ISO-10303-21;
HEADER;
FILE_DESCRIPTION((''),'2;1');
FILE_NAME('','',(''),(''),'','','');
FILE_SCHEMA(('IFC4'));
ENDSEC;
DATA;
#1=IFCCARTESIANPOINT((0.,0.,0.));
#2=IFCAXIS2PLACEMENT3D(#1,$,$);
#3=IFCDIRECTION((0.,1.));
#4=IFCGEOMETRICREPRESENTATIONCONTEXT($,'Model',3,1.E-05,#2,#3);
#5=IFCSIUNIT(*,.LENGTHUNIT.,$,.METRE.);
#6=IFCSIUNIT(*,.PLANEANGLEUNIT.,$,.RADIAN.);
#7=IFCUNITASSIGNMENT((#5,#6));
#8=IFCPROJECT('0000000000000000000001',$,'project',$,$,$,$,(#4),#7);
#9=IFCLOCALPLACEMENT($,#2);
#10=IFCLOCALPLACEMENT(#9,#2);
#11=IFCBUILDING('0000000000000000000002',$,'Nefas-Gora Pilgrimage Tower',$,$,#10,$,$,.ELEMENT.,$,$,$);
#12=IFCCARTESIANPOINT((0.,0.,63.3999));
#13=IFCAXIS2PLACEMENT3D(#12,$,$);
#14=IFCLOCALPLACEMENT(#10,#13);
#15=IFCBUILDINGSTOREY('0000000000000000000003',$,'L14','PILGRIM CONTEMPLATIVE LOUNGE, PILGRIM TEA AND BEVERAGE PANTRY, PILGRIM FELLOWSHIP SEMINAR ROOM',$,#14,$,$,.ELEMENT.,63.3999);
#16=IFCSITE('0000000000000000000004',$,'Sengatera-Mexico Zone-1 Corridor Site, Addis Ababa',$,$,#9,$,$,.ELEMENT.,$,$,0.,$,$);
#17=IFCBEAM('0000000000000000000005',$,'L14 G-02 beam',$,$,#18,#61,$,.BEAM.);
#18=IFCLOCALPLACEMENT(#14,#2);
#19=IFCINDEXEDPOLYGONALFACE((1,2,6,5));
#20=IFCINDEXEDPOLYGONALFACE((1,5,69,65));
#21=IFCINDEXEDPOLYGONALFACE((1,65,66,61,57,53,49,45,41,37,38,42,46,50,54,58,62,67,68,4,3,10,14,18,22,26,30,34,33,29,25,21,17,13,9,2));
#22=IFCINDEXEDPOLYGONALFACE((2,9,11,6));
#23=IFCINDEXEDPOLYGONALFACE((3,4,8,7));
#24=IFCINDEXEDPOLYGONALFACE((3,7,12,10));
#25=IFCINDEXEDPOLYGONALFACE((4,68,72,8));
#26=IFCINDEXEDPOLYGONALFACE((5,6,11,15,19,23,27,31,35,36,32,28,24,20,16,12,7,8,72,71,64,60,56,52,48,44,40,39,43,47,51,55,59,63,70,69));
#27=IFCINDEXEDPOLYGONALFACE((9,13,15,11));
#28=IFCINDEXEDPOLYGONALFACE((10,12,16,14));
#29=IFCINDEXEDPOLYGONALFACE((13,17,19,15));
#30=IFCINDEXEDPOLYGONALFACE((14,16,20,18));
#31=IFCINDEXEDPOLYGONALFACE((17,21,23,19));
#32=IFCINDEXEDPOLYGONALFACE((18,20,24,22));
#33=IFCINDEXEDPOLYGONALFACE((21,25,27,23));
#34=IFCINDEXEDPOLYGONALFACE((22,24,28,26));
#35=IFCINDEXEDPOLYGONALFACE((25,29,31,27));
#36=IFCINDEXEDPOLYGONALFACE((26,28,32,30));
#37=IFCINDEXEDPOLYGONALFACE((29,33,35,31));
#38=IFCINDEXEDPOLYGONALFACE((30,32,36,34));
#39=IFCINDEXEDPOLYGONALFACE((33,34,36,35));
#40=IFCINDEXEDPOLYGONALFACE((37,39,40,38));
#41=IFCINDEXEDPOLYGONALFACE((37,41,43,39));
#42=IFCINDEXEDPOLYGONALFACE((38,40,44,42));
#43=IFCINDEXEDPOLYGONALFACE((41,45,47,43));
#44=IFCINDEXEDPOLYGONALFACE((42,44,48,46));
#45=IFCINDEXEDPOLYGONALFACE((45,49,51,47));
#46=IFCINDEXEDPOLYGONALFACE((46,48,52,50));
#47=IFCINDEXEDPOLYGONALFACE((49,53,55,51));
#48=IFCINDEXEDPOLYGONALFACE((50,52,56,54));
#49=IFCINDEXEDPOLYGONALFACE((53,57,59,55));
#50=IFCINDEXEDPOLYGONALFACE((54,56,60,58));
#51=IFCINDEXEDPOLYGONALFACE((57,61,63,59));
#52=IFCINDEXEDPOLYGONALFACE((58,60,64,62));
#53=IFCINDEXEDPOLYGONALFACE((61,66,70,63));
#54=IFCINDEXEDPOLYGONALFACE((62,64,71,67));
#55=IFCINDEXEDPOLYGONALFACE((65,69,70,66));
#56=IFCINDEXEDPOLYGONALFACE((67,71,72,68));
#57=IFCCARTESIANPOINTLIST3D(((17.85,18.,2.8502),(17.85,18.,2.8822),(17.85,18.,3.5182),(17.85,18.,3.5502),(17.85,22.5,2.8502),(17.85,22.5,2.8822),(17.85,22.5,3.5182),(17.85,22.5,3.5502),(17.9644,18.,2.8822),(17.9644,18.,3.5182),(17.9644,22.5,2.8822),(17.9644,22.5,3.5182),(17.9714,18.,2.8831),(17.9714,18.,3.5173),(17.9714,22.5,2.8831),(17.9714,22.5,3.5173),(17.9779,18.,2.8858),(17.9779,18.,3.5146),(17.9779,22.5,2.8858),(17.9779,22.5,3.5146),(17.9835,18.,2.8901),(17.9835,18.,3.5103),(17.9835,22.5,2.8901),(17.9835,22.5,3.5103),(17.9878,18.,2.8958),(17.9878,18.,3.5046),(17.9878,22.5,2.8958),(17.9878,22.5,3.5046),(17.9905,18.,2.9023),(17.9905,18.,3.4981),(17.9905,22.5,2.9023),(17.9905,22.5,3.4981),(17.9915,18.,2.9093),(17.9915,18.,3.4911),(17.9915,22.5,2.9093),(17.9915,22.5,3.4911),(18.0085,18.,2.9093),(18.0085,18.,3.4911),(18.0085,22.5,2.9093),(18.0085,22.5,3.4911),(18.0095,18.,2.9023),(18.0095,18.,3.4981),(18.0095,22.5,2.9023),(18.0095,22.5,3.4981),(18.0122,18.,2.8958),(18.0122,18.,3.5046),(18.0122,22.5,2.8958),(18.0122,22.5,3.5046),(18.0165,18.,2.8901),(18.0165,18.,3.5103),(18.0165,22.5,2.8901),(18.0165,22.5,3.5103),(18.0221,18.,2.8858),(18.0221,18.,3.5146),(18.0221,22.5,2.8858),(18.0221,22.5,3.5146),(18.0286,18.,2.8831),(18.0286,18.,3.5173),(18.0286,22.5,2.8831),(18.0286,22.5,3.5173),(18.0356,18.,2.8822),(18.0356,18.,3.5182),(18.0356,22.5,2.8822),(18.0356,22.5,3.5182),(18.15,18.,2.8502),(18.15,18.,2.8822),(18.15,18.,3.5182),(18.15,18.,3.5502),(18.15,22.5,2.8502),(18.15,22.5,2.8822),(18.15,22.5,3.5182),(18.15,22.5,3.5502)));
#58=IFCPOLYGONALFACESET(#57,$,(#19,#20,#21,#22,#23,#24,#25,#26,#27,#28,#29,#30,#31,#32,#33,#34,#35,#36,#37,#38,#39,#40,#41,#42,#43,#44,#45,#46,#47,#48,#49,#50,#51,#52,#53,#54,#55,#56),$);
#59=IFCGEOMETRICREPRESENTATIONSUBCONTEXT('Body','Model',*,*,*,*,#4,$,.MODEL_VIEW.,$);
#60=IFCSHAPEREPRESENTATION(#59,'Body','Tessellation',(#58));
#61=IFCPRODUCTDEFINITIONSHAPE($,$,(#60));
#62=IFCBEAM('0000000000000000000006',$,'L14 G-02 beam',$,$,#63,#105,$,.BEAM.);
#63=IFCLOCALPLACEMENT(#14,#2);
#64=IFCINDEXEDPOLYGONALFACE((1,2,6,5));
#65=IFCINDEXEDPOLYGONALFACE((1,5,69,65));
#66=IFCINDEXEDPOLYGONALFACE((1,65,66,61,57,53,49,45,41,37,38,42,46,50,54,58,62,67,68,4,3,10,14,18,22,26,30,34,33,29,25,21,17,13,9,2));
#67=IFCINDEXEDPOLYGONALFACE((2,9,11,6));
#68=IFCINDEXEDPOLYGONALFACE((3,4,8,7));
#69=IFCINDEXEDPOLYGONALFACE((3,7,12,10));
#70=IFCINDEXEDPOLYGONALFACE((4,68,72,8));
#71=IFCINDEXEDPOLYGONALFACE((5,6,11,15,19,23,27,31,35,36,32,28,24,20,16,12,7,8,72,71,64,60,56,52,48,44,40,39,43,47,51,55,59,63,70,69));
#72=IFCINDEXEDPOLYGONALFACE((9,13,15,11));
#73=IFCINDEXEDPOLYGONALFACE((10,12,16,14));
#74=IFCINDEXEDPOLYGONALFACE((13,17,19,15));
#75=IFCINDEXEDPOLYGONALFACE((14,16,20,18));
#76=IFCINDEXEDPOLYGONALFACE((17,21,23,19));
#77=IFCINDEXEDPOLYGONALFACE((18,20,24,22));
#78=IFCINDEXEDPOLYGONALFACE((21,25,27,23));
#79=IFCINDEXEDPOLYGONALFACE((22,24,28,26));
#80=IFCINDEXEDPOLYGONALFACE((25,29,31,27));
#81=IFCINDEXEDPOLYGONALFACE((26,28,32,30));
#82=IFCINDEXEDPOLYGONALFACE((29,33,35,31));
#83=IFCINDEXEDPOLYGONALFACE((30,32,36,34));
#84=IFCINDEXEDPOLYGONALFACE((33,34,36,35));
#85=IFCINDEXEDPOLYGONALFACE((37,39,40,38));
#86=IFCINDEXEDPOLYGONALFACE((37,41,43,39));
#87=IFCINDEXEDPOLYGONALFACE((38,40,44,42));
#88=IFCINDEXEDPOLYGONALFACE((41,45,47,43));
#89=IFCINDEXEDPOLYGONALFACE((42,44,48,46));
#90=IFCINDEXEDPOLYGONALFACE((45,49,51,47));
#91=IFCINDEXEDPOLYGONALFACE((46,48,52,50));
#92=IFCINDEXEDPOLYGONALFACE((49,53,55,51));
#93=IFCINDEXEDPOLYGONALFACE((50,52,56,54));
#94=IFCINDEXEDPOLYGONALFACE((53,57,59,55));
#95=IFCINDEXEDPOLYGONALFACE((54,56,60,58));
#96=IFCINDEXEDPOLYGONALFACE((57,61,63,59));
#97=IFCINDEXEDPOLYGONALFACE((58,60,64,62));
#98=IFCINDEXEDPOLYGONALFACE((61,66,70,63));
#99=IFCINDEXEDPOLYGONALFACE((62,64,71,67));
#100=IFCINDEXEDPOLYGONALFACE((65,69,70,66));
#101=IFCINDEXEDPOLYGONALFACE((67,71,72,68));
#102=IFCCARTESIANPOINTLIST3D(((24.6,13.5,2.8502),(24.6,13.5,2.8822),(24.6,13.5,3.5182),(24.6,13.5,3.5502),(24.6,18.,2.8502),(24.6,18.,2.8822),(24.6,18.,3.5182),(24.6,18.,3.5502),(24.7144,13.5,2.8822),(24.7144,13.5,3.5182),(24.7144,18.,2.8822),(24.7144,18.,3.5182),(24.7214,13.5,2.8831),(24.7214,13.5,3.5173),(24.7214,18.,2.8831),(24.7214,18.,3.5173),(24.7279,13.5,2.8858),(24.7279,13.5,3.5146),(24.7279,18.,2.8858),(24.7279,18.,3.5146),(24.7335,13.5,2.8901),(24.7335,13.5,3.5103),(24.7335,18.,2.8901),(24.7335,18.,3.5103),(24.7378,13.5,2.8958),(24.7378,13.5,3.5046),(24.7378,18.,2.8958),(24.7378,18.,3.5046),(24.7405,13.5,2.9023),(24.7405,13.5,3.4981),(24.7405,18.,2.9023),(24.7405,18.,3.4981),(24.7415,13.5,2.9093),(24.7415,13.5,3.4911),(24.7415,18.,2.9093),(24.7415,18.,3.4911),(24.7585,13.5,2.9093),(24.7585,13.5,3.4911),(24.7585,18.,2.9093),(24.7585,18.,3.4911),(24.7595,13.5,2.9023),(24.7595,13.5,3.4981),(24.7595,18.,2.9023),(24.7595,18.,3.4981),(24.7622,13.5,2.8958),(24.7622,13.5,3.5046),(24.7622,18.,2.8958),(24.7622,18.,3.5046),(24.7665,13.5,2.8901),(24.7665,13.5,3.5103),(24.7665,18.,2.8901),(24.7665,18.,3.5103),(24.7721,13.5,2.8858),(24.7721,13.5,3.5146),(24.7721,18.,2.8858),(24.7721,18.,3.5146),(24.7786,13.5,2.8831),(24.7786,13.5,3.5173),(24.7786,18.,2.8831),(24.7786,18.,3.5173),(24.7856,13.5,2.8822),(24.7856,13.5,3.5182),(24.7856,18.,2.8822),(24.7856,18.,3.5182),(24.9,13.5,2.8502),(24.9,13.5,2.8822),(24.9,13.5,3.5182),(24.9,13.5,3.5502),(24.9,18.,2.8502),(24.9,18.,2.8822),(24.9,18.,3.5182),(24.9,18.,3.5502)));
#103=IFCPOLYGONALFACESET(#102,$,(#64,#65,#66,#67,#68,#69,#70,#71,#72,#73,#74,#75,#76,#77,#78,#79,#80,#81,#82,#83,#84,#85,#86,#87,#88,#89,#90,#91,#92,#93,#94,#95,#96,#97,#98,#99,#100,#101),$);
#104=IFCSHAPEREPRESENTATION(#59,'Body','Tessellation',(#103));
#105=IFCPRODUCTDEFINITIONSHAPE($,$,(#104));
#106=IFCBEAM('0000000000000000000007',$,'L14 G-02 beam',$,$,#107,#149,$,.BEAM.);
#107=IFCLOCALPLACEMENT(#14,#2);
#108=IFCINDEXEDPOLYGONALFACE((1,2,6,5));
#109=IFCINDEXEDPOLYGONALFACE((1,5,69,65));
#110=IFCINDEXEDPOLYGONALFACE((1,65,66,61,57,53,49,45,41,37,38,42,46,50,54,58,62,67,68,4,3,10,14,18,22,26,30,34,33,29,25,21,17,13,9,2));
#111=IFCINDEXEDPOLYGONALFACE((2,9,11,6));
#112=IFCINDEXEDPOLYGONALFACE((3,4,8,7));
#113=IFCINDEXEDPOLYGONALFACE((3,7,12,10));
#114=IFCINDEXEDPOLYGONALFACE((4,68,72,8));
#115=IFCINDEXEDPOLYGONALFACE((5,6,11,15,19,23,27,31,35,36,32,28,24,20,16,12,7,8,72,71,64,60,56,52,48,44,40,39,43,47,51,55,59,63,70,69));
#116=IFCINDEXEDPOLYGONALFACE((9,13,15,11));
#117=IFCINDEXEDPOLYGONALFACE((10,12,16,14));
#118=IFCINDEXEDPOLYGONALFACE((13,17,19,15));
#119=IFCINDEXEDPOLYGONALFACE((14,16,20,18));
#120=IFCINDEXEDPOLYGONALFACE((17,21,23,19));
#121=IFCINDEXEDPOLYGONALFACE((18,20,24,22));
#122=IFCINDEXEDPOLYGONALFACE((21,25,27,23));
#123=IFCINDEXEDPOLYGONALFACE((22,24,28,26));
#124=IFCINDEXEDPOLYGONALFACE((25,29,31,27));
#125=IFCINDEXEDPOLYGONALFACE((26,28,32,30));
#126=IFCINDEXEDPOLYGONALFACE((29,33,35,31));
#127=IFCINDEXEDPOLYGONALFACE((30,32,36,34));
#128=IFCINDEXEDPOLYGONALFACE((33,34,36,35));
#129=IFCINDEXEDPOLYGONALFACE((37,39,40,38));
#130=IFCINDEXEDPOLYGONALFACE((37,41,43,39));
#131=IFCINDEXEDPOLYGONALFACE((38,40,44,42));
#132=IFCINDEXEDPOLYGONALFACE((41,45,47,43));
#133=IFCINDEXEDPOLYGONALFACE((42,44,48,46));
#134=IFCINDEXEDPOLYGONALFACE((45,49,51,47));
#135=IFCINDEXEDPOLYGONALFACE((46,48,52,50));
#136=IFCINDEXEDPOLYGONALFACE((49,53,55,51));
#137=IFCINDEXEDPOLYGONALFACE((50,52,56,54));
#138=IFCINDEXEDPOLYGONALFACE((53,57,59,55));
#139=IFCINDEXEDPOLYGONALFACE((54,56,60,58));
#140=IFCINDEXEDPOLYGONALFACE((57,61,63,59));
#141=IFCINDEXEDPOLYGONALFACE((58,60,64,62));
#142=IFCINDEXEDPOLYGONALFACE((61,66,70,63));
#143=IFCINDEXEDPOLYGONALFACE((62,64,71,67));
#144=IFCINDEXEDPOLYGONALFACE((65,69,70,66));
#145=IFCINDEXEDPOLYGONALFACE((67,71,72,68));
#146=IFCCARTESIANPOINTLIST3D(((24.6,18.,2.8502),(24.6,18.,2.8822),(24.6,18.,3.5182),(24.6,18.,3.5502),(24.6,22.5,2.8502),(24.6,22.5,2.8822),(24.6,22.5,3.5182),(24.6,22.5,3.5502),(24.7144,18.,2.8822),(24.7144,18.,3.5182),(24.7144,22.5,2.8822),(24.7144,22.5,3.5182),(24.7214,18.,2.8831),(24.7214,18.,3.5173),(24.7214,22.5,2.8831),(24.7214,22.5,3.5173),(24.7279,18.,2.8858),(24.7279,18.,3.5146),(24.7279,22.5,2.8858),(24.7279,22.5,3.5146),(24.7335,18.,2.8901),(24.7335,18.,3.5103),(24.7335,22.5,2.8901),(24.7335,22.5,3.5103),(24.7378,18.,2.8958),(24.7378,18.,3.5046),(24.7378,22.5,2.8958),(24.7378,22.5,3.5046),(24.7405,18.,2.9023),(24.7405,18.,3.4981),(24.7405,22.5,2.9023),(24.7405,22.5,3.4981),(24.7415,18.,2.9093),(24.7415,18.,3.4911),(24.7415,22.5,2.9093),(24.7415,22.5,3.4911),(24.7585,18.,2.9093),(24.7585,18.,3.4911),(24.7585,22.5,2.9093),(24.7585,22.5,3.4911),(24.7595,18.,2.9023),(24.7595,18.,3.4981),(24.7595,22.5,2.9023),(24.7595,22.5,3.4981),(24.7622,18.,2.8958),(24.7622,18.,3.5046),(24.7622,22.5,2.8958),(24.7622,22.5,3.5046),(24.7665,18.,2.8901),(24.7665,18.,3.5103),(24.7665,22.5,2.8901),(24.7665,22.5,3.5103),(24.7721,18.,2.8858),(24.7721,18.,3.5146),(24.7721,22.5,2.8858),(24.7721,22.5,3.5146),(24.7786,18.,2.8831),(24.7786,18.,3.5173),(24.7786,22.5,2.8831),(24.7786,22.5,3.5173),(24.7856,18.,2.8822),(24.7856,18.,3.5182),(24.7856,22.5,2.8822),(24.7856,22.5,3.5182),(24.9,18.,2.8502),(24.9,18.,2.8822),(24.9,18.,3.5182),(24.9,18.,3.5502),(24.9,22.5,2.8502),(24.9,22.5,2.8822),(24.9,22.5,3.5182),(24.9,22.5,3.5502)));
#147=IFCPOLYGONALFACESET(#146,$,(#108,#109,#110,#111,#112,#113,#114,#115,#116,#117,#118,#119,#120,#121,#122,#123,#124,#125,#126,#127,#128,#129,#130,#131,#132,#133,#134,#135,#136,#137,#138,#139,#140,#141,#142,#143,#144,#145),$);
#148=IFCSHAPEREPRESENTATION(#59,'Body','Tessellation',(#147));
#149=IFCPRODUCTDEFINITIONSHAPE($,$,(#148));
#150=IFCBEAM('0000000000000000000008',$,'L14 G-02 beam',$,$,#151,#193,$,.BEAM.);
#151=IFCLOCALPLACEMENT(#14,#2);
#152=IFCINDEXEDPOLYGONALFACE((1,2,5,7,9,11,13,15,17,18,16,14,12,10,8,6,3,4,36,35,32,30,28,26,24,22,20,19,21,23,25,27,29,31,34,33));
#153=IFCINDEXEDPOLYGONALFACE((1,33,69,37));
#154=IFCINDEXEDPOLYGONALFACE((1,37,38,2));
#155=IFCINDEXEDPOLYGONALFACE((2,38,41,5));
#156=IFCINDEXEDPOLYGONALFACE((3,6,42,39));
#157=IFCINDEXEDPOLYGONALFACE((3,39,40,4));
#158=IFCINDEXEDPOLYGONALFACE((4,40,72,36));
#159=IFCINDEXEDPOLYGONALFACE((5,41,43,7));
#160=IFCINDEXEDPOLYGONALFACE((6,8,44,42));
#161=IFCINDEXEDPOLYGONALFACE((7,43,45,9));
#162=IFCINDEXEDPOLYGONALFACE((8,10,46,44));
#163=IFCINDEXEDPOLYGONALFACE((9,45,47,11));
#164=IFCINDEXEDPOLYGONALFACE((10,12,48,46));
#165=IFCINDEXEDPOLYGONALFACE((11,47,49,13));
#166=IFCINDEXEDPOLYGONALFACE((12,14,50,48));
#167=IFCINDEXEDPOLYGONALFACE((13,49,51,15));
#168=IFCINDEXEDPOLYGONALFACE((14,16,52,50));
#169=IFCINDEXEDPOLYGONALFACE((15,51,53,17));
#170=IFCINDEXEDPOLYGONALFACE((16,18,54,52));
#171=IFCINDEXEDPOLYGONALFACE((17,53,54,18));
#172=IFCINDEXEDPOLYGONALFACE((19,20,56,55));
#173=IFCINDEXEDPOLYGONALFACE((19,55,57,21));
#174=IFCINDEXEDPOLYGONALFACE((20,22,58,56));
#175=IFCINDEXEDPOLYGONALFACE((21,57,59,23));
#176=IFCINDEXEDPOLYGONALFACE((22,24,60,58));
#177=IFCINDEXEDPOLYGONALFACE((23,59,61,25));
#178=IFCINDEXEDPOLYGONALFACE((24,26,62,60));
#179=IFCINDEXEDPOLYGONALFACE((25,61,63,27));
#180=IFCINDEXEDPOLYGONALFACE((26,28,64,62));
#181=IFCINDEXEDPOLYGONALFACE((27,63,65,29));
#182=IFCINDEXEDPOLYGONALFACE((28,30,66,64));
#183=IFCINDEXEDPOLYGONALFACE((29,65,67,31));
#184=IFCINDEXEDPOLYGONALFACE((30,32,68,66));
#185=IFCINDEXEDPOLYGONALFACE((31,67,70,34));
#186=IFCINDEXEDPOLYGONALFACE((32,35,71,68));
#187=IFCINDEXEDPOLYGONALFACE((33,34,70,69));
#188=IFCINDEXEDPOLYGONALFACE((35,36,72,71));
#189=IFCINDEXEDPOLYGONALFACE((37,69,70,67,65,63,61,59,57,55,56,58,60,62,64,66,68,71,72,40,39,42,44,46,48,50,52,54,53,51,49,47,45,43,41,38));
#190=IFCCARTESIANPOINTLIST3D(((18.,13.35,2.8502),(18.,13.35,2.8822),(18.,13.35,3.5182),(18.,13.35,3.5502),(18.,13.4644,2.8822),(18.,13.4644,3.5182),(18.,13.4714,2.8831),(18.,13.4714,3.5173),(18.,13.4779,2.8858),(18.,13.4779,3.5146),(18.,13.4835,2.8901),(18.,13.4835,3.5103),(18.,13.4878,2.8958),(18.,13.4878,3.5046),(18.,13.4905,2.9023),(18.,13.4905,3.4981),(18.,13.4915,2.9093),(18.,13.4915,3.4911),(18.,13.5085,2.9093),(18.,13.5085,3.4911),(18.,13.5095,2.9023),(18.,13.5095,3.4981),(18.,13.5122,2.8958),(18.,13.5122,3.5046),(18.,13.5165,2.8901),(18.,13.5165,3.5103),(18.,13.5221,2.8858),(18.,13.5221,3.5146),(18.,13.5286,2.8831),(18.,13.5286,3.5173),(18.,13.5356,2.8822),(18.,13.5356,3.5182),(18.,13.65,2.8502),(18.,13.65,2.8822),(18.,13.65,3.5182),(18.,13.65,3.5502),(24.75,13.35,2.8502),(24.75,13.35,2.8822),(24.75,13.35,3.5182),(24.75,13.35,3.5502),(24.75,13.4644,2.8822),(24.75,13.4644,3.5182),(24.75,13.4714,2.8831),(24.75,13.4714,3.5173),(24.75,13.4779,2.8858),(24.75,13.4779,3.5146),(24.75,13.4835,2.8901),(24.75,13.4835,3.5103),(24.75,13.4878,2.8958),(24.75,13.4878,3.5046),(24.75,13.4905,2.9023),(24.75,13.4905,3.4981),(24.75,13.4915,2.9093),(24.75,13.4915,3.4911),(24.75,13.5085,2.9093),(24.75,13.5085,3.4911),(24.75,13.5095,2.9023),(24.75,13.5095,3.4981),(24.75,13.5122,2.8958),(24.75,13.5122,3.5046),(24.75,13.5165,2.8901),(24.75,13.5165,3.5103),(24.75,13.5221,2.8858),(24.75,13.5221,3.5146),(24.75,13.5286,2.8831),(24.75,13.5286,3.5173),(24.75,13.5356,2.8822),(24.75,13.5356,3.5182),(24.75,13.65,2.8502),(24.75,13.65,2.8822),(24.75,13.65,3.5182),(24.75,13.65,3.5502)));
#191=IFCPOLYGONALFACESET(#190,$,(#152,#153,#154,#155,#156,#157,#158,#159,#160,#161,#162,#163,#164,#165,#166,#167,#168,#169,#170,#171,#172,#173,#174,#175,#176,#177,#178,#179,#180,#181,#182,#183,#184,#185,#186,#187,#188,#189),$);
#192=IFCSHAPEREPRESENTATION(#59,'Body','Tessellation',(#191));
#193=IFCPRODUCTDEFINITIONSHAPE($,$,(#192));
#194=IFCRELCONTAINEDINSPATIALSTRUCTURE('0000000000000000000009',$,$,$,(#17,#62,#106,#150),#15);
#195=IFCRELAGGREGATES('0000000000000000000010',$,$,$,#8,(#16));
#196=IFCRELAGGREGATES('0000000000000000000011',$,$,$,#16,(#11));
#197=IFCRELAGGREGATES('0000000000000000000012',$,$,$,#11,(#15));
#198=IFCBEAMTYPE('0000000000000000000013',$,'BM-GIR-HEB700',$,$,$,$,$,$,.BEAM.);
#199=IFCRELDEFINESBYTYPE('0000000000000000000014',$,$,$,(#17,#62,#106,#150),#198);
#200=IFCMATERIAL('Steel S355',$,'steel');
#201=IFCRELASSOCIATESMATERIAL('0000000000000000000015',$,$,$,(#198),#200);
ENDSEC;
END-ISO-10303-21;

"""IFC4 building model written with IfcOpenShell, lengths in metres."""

from ifc_helpers import new_model, si_unit, direction, frame, origin, origin_2d, place, context, subcontext, project, spatial, i_section, extrude, source, transform, mapped, material, material_profile, profile_set, type_object, element, save


model = new_model("IFC4")

# Units and contexts
model_context = context("Model", 3, precision=1e-05, world=origin(), true_north=direction((0.0, 1.0)))
body_context = subcontext(model_context, "Body", "Model", "MODEL_VIEW")
ifc_project = project(units=[si_unit("LENGTHUNIT", "METRE"), si_unit("PLANEANGLEUNIT", "RADIAN")], contexts=[model_context])

# Site, building, storey
site_placement = place(None, origin())
site = spatial("IfcSite", under=ifc_project, at=site_placement, Name="Sengatera-Mexico Zone-1 Corridor Site, Addis Ababa", CompositionType="ELEMENT", RefElevation=0.0)
building_placement = place(site_placement, origin())
building = spatial("IfcBuilding", under=site, at=building_placement, Name="Nefas-Gora Pilgrimage Tower", CompositionType="ELEMENT")
storey_placement = place(building_placement, frame((0.0, 0.0, 63.3999)))
storey = spatial("IfcBuildingStorey", under=building, at=storey_placement, Name="L14", Description="PILGRIM CONTEMPLATIVE LOUNGE, PILGRIM TEA AND BEVERAGE PANTRY, PILGRIM FELLOWSHIP SEMINAR ROOM", CompositionType="ELEMENT", Elevation=63.3999)

# Beams
ifc_material_1 = material(Name="Steel S355", Category="steel")
ifc_material_profile_1 = material_profile(ifc_material_1, i_section(OverallWidth=0.3, OverallDepth=0.7, WebThickness=0.0171, FlangeThickness=0.032, FilletRadius=0.0271, at=origin_2d()), Name="HEB 700")
ifc_profile_set_1 = profile_set([ifc_material_profile_1], Name="Steel S355")
beam_type_1 = type_object("IfcBeamType", Name="BM-GIR-HEB700", PredefinedType="BEAM", material=ifc_profile_set_1)
shared_shape_1 = source(origin(), body_context, "Body", "SweptSolid", [
    extrude(i_section(OverallWidth=0.3, OverallDepth=0.7, WebThickness=0.0171, FlangeThickness=0.032, FilletRadius=0.0271, at=origin_2d()), origin(), (0.0, 0.0, 1.0), 4.5),
])
for number, where, z_axis, x_axis, name in (
    (1, (18.0, 18.0, 3.2002), (0.0, 1.0, 0.0), (-1.0, 0.0, 0.0), "L14 G-02 beam"),
    (2, (24.75, 13.5, 3.2002), (0.0, 1.0, 0.0), (-1.0, 0.0, 0.0), "L14 G-02 beam"),
    (3, (24.75, 18.0, 3.2002), (0.0, 1.0, 0.0), (-1.0, 0.0, 0.0), "L14 G-02 beam"),
):
    element("IfcBeam", number, at=place(storey_placement, frame(where, z_axis=z_axis, x_axis=x_axis)), inside=storey, type_object=beam_type_1, Name=name, PredefinedType="BEAM", context=body_context, shape_type="MappedRepresentation", body=[
        mapped(shared_shape_1, transform((0.0, 0.0, 0.0), x_axis=(1.0, 0.0, 0.0), y_axis=(0.0, 1.0, 0.0), z_axis=(0.0, 0.0, 1.0), scale=1.0)),
    ])
shared_shape_2 = source(origin(), body_context, "Body", "SweptSolid", [
    extrude(i_section(OverallWidth=0.3, OverallDepth=0.7, WebThickness=0.0171, FlangeThickness=0.032, FilletRadius=0.0271, at=origin_2d()), origin(), (0.0, 0.0, 1.0), 6.75),
])
for number, where, z_axis, x_axis, name in (
    (4, (18.0, 13.5, 3.2002), (1.0, 0.0, 0.0), (0.0, 1.0, 0.0), "L14 G-02 beam"),
):
    element("IfcBeam", number, at=place(storey_placement, frame(where, z_axis=z_axis, x_axis=x_axis)), inside=storey, type_object=beam_type_1, Name=name, PredefinedType="BEAM", context=body_context, shape_type="MappedRepresentation", body=[
        mapped(shared_shape_2, transform((0.0, 0.0, 0.0), x_axis=(1.0, 0.0, 0.0), y_axis=(0.0, 1.0, 0.0), z_axis=(0.0, 0.0, 1.0), scale=1.0)),
    ])

save(model, "model.ifc")
